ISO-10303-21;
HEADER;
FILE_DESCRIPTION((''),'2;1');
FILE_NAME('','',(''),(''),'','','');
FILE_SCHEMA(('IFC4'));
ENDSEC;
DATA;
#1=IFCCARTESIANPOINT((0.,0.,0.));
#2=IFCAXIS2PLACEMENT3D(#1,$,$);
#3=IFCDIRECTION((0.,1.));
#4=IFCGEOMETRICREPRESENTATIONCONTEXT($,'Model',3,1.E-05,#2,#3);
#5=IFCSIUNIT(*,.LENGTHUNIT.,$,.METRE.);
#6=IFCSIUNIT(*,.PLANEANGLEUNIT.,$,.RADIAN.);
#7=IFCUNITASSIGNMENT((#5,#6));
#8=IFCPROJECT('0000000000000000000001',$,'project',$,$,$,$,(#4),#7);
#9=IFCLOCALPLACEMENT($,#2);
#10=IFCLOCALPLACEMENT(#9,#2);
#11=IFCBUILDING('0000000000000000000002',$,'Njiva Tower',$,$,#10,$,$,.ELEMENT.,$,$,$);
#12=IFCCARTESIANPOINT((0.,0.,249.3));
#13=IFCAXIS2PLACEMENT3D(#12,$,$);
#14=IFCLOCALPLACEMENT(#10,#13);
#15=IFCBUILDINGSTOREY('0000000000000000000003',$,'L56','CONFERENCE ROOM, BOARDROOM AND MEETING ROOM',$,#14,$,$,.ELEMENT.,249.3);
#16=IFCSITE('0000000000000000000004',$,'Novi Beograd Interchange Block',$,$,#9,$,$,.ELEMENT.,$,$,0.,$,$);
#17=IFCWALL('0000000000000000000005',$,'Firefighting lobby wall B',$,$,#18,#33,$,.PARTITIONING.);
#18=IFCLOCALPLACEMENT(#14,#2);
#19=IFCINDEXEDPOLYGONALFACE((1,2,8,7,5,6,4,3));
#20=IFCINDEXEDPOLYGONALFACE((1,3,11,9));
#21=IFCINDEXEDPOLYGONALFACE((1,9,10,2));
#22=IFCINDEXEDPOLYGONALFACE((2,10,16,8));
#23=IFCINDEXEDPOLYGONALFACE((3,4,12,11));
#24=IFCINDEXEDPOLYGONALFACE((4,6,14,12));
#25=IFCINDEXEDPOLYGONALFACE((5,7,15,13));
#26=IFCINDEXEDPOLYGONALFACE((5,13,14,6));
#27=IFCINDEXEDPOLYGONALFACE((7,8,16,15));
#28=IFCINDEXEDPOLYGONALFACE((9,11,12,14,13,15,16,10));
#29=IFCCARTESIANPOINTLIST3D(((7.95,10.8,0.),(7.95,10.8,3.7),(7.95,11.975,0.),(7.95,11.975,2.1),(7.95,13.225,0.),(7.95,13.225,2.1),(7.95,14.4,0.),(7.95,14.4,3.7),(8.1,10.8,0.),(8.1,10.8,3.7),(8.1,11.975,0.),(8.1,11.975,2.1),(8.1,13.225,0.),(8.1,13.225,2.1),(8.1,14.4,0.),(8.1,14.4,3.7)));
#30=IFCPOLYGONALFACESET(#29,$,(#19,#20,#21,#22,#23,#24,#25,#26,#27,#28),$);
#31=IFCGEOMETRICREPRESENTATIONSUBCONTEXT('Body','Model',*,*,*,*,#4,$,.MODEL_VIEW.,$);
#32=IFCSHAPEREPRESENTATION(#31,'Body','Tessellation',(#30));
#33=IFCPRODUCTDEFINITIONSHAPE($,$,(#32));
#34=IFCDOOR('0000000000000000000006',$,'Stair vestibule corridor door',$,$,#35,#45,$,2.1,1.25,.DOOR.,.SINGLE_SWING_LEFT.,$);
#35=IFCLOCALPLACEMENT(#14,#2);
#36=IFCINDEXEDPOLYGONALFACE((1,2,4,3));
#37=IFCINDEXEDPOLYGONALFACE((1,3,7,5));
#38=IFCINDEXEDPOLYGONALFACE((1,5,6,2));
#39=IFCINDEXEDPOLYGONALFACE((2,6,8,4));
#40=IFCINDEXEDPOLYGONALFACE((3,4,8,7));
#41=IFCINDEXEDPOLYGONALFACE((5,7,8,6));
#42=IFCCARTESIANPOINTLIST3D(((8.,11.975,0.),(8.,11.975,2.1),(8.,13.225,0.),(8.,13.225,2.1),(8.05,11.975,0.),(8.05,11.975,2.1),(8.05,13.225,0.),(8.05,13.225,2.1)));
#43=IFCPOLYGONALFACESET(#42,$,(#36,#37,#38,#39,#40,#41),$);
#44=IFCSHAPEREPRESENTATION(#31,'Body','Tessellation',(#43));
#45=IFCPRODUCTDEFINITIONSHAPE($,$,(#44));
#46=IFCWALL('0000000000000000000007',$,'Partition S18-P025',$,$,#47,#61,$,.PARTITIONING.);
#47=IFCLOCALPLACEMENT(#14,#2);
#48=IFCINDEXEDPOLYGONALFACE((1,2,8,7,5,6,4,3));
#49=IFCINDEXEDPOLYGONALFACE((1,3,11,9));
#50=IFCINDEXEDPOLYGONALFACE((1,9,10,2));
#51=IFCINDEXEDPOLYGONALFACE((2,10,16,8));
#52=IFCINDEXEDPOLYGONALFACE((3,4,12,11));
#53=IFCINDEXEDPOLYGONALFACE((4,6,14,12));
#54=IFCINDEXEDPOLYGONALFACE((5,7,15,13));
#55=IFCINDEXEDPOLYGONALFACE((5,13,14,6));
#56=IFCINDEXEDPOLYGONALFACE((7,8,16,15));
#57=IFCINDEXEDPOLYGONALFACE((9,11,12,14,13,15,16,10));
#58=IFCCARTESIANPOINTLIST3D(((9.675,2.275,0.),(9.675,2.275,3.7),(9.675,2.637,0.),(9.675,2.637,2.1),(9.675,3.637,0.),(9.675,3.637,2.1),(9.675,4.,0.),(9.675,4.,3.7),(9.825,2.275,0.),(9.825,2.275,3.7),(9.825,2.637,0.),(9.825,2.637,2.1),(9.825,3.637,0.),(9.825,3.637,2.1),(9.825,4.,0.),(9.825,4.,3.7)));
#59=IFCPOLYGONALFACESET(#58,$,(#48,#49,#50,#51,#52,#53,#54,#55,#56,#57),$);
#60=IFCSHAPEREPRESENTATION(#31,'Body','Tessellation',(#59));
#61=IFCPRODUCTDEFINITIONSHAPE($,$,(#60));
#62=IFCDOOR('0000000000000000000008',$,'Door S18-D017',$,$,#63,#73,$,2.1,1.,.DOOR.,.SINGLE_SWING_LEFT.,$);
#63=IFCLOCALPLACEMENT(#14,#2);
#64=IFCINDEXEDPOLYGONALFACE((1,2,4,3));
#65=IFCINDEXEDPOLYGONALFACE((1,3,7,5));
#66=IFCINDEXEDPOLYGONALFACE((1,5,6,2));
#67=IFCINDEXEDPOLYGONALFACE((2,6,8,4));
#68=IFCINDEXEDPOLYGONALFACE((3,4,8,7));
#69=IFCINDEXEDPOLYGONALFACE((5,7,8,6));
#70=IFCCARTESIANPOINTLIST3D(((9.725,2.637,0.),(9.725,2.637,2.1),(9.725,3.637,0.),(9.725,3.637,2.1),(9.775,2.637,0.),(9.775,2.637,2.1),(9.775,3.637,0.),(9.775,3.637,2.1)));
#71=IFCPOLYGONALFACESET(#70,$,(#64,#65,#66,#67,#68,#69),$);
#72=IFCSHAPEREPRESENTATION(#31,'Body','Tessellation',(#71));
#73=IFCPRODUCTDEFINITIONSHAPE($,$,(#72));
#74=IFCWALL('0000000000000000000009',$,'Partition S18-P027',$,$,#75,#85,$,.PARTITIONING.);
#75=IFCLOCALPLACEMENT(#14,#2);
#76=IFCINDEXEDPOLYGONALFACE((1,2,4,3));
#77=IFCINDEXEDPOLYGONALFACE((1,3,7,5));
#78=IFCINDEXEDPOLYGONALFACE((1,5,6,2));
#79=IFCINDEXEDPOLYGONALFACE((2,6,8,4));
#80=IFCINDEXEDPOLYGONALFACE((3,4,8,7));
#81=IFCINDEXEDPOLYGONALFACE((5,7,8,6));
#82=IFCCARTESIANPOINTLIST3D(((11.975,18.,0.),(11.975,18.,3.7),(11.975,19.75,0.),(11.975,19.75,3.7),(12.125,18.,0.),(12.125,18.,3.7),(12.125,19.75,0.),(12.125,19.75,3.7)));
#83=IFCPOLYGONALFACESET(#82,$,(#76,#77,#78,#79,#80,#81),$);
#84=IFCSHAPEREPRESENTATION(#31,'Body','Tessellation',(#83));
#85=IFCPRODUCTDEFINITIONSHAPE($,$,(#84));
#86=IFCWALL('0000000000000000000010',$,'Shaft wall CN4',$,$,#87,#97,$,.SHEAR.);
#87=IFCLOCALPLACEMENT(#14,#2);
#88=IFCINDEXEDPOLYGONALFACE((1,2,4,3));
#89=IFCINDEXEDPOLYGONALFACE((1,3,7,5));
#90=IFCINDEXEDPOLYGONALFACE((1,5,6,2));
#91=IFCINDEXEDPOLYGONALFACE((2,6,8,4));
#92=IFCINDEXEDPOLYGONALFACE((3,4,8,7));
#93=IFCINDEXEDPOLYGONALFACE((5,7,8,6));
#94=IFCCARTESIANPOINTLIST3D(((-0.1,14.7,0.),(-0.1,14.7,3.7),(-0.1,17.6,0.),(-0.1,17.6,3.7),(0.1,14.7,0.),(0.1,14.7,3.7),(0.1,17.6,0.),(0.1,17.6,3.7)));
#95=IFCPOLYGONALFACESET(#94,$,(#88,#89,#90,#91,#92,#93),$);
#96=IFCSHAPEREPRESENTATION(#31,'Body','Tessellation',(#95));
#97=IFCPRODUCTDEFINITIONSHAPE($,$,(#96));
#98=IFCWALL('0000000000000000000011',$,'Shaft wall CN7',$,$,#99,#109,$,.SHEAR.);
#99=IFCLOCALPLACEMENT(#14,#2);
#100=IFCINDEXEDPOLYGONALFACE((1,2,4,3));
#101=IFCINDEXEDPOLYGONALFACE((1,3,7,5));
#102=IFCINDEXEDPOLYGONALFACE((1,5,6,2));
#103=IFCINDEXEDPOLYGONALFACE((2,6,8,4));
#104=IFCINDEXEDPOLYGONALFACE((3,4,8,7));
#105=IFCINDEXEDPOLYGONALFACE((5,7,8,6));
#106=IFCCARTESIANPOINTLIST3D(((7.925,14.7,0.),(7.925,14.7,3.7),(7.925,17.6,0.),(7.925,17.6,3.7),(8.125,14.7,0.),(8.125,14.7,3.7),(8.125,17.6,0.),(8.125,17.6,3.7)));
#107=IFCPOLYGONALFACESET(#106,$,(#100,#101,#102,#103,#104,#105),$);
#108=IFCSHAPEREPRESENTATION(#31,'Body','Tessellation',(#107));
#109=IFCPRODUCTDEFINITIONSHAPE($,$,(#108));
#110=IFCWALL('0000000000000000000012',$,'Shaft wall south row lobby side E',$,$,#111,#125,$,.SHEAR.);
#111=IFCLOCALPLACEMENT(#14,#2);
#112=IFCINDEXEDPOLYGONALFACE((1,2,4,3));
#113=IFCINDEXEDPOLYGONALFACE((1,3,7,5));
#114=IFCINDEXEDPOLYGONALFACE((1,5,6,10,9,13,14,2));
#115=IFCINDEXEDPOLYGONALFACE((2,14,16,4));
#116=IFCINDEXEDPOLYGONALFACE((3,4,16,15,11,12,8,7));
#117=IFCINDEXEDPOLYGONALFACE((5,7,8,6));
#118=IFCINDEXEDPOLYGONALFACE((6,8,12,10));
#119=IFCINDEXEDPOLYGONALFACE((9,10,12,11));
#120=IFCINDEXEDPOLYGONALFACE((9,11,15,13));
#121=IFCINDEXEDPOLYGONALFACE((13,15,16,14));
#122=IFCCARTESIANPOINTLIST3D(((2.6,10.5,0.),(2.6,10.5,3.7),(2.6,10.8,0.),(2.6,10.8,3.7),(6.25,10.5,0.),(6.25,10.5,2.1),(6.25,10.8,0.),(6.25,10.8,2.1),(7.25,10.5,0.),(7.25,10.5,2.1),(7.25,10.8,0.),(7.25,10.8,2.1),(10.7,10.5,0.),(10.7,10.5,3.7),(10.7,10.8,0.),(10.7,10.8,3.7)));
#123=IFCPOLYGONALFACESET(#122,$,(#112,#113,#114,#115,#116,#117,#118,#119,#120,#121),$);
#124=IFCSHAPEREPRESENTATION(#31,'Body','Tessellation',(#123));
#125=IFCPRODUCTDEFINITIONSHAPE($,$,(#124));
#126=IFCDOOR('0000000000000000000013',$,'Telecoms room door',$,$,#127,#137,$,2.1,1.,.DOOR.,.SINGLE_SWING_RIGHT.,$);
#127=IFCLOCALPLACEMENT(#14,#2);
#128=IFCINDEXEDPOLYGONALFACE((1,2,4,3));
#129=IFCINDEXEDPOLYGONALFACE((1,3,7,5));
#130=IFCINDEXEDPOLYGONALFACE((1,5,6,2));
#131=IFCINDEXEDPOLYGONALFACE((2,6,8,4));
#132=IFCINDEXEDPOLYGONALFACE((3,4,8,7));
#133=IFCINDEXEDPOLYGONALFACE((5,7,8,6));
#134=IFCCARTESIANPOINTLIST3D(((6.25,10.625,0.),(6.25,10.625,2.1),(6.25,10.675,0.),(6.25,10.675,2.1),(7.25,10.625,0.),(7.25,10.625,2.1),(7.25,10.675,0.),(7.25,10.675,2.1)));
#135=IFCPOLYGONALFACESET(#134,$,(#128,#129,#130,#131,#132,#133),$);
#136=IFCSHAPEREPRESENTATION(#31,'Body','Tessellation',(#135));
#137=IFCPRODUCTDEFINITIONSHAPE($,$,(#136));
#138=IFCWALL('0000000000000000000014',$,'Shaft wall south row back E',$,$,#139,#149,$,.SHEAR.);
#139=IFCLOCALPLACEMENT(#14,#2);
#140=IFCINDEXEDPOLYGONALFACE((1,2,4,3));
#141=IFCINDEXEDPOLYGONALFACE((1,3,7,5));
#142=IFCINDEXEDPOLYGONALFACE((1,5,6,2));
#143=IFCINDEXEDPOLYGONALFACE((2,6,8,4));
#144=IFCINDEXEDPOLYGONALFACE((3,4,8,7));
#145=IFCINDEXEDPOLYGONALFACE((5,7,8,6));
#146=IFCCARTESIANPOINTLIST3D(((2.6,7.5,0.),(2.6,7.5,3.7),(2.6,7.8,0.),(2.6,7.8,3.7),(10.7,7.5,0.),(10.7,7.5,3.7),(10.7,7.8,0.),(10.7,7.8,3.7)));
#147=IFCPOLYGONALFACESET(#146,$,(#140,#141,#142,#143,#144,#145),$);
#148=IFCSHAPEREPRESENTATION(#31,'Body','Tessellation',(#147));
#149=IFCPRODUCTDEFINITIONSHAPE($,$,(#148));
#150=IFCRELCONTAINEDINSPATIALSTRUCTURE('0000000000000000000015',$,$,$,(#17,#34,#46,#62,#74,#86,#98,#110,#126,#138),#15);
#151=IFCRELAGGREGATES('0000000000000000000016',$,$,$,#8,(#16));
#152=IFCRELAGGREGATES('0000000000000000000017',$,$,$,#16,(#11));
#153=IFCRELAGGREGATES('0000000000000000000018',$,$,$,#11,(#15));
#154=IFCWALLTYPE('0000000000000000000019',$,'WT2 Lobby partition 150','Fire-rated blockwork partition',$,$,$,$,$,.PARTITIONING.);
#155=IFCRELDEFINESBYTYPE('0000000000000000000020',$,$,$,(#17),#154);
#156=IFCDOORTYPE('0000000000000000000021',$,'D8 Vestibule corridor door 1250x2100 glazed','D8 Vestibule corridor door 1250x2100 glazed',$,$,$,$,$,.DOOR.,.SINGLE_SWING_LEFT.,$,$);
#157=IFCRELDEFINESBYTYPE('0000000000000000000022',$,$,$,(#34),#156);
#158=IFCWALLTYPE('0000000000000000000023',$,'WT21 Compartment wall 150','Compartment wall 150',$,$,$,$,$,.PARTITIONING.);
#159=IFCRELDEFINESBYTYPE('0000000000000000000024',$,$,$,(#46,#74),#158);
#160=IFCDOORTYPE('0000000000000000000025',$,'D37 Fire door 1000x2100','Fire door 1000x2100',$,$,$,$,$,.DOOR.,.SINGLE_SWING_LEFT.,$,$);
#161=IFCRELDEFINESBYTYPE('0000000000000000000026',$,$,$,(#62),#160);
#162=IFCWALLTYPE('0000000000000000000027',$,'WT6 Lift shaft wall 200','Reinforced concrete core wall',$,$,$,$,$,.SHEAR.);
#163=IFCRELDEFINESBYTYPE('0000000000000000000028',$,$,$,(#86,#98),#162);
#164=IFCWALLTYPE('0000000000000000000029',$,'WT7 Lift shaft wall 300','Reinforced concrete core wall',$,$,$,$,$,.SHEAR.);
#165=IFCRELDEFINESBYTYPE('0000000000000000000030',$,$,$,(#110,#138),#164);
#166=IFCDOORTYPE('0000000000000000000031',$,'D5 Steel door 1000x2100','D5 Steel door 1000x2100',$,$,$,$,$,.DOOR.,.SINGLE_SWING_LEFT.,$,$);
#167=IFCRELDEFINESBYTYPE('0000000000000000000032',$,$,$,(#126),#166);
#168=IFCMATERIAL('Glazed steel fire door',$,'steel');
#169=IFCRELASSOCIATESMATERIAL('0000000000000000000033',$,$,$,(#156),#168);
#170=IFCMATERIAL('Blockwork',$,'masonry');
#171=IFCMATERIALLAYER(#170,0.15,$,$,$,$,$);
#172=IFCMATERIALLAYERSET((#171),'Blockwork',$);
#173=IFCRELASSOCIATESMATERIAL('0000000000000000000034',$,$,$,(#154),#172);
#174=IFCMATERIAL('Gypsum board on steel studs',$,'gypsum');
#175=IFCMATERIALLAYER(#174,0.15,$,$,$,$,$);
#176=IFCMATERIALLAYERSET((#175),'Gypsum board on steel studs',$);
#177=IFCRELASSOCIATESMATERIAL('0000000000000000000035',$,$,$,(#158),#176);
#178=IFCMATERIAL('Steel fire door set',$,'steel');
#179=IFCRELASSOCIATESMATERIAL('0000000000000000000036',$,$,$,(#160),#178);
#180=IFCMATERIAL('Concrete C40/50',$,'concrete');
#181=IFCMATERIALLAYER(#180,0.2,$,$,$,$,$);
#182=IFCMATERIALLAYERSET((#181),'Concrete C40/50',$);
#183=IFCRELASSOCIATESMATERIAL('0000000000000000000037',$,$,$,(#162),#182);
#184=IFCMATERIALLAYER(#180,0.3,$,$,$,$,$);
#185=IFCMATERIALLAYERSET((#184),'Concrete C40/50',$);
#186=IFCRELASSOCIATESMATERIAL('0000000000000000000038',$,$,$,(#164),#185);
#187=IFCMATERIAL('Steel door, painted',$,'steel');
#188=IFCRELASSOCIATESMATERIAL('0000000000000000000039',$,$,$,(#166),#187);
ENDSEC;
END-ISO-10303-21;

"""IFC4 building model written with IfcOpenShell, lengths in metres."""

from ifc_helpers import new_model, si_unit, direction, frame, frame_2d, origin, place, context, subcontext, project, spatial, rectangle, extrude, material, layer, layer_set, type_object, element, fill, save


model = new_model("IFC4")

# Units and contexts
model_context = context("Model", 3, precision=1e-05, world=origin(), true_north=direction((0.0, 1.0)))
body_context = subcontext(model_context, "Body", "Model", "MODEL_VIEW")
ifc_project = project(units=[si_unit("LENGTHUNIT", "METRE"), si_unit("PLANEANGLEUNIT", "RADIAN")], contexts=[model_context])

# Site, building, storey
site_placement = place(None, origin())
site = spatial("IfcSite", under=ifc_project, at=site_placement, Name="Novi Beograd Interchange Block", CompositionType="ELEMENT", RefElevation=0.0)
building_placement = place(site_placement, origin())
building = spatial("IfcBuilding", under=site, at=building_placement, Name="Njiva Tower", CompositionType="ELEMENT")
storey_placement = place(building_placement, frame((0.0, 0.0, 249.3)))
storey = spatial("IfcBuildingStorey", under=building, at=storey_placement, Name="L56", Description="CONFERENCE ROOM, BOARDROOM AND MEETING ROOM", CompositionType="ELEMENT", Elevation=249.3)

# Shared definitions
ifc_material_1 = material(Name="Blockwork", Category="masonry")

# Shared definitions
ifc_material_2 = material(Name="Concrete C40/50", Category="concrete")
ifc_material_3 = material(Name="Steel door, painted", Category="steel")
ifc_material_4 = material(Name="Glazed steel fire door", Category="steel")
door_type_1 = type_object("IfcDoorType", Name="D8 Vestibule corridor door 1250x2100 glazed", Description="D8 Vestibule corridor door 1250x2100 glazed", OperationType="SINGLE_SWING_LEFT", PredefinedType="DOOR", material=ifc_material_4)

# Walls, openings, doors
ifc_layer_1 = layer(ifc_material_1, 0.15)
ifc_layer_set_1 = layer_set([ifc_layer_1], Name="Blockwork")
wall_type_1 = type_object("IfcWallType", Name="WT2 Lobby partition 150", Description="Fire-rated blockwork partition", PredefinedType="PARTITIONING", material=ifc_layer_set_1)
wall_1_placement = place(storey_placement, frame((8.025, 10.8, 0.0), z_axis=(0.0, 0.0, 1.0), x_axis=(0.0, 1.0, 0.0)))
wall_1 = element("IfcWall", 1, at=wall_1_placement, inside=storey, type_object=wall_type_1, Name="Firefighting lobby wall B", PredefinedType="PARTITIONING", context=body_context, shape_type="SweptSolid", body=[
    extrude(rectangle(XDim=3.6, YDim=0.15, at=frame_2d((1.8, 0.0))), origin(), (0.0, 0.0, 1.0), 3.7),
])
opening_1_placement = place(wall_1_placement, frame((1.175, 0.0, 0.0)))
opening_1 = element("IfcOpeningElement", 2, at=opening_1_placement, cuts=wall_1, PredefinedType="OPENING", context=body_context, shape_type="SweptSolid", body=[
    extrude(rectangle(XDim=1.25, YDim=2.1, at=frame_2d((0.625, 1.05))), frame((0.0, 0.085, 0.0), z_axis=(0.0, -1.0, 0.0), x_axis=(1.0, 0.0, 0.0)), (0.0, 0.0, 1.0), 0.17),
])
door_1_placement = place(opening_1_placement, origin())
door_1 = element("IfcDoor", 3, at=door_1_placement, inside=storey, type_object=door_type_1, Name="Stair vestibule corridor door", OperationType="SINGLE_SWING_LEFT", OverallHeight=2.1, OverallWidth=1.25, PredefinedType="DOOR", context=body_context, shape_type="SweptSolid", body=[
    extrude(rectangle(XDim=1.25, YDim=2.1, at=frame_2d((0.625, 1.05))), frame((0.0, 0.025, 0.0), z_axis=(0.0, -1.0, 0.0), x_axis=(1.0, 0.0, 0.0)), (0.0, 0.0, 1.0), 0.05),
])
fill(opening_1, door_1)
ifc_material_5 = material(Name="Gypsum board on steel studs", Category="gypsum")
ifc_layer_2 = layer(ifc_material_5, 0.15)
ifc_layer_set_2 = layer_set([ifc_layer_2], Name="Gypsum board on steel studs")
wall_type_2 = type_object("IfcWallType", Name="WT21 Compartment wall 150", Description="Compartment wall 150", PredefinedType="PARTITIONING", material=ifc_layer_set_2)
wall_2_placement = place(storey_placement, frame((9.75, 2.275, 0.0), z_axis=(0.0, 0.0, 1.0), x_axis=(0.0, 1.0, 0.0)))
wall_2 = element("IfcWall", 4, at=wall_2_placement, inside=storey, type_object=wall_type_2, Name="Partition S18-P025", PredefinedType="PARTITIONING", context=body_context, shape_type="SweptSolid", body=[
    extrude(rectangle(XDim=1.725, YDim=0.15, at=frame_2d((0.8625, 0.0))), origin(), (0.0, 0.0, 1.0), 3.7),
])
opening_2_placement = place(wall_2_placement, frame((0.362, 0.0, 0.0)))
opening_2 = element("IfcOpeningElement", 5, at=opening_2_placement, cuts=wall_2, PredefinedType="OPENING", context=body_context, shape_type="SweptSolid", body=[
    extrude(rectangle(XDim=1.0, YDim=2.1, at=frame_2d((0.5, 1.05))), frame((0.0, 0.085, 0.0), z_axis=(0.0, -1.0, 0.0), x_axis=(1.0, 0.0, 0.0)), (0.0, 0.0, 1.0), 0.17),
])
ifc_material_6 = material(Name="Steel fire door set", Category="steel")
door_type_2 = type_object("IfcDoorType", Name="D37 Fire door 1000x2100", Description="Fire door 1000x2100", OperationType="SINGLE_SWING_LEFT", PredefinedType="DOOR", material=ifc_material_6)
door_2_placement = place(opening_2_placement, origin())
door_2 = element("IfcDoor", 6, at=door_2_placement, inside=storey, type_object=door_type_2, Name="Door S18-D017", OperationType="SINGLE_SWING_LEFT", OverallHeight=2.1, OverallWidth=1.0, PredefinedType="DOOR", context=body_context, shape_type="SweptSolid", body=[
    extrude(rectangle(XDim=1.0, YDim=2.1, at=frame_2d((0.5, 1.05))), frame((0.0, 0.025, 0.0), z_axis=(0.0, -1.0, 0.0), x_axis=(1.0, 0.0, 0.0)), (0.0, 0.0, 1.0), 0.05),
])
fill(opening_2, door_2)

# Walls
wall_3_placement = place(storey_placement, frame((12.05, 18.0, 0.0), z_axis=(0.0, 0.0, 1.0), x_axis=(0.0, 1.0, 0.0)))
element("IfcWall", 7, at=wall_3_placement, inside=storey, type_object=wall_type_2, Name="Partition S18-P027", PredefinedType="PARTITIONING", context=body_context, shape_type="SweptSolid", body=[
    extrude(rectangle(XDim=1.75, YDim=0.15, at=frame_2d((0.875, 0.0))), origin(), (0.0, 0.0, 1.0), 3.7),
])
ifc_layer_3 = layer(ifc_material_2, 0.2)
ifc_layer_set_3 = layer_set([ifc_layer_3], Name="Concrete C40/50")
wall_type_3 = type_object("IfcWallType", Name="WT6 Lift shaft wall 200", Description="Reinforced concrete core wall", PredefinedType="SHEAR", material=ifc_layer_set_3)
for number, where, z_axis, x_axis, name in (
    (8, (0.0, 14.7, 0.0), (0.0, 0.0, 1.0), (0.0, 1.0, 0.0), "Shaft wall CN4"),
    (9, (8.025, 14.7, 0.0), (0.0, 0.0, 1.0), (0.0, 1.0, 0.0), "Shaft wall CN7"),
):
    element("IfcWall", number, at=place(storey_placement, frame(where, z_axis=z_axis, x_axis=x_axis)), inside=storey, type_object=wall_type_3, Name=name, PredefinedType="SHEAR", context=body_context, shape_type="SweptSolid", body=[
        extrude(rectangle(XDim=2.9, YDim=0.2, at=frame_2d((1.45, 0.0))), origin(), (0.0, 0.0, 1.0), 3.7),
    ])

# Wall, opening, door
ifc_layer_4 = layer(ifc_material_2, 0.3)
ifc_layer_set_4 = layer_set([ifc_layer_4], Name="Concrete C40/50")
wall_type_4 = type_object("IfcWallType", Name="WT7 Lift shaft wall 300", Description="Reinforced concrete core wall", PredefinedType="SHEAR", material=ifc_layer_set_4)
wall_4_placement = place(storey_placement, frame((2.6, 10.65, 0.0), z_axis=(0.0, 0.0, 1.0), x_axis=(1.0, 0.0, 0.0)))
wall_4 = element("IfcWall", 10, at=wall_4_placement, inside=storey, type_object=wall_type_4, Name="Shaft wall south row lobby side E", PredefinedType="SHEAR", context=body_context, shape_type="SweptSolid", body=[
    extrude(rectangle(XDim=8.1, YDim=0.3, at=frame_2d((4.05, 0.0))), origin(), (0.0, 0.0, 1.0), 3.7),
])
opening_3_placement = place(wall_4_placement, frame((3.65, 0.0, 0.0)))
opening_3 = element("IfcOpeningElement", 11, at=opening_3_placement, cuts=wall_4, PredefinedType="OPENING", context=body_context, shape_type="SweptSolid", body=[
    extrude(rectangle(XDim=1.0, YDim=2.1, at=frame_2d((0.5, 1.05))), frame((0.0, 0.16, 0.0), z_axis=(0.0, -1.0, 0.0), x_axis=(1.0, 0.0, 0.0)), (0.0, 0.0, 1.0), 0.32),
])
door_type_3 = type_object("IfcDoorType", Name="D5 Steel door 1000x2100", Description="D5 Steel door 1000x2100", OperationType="SINGLE_SWING_LEFT", PredefinedType="DOOR", material=ifc_material_3)
door_3_placement = place(opening_3_placement, origin())
door_3 = element("IfcDoor", 12, at=door_3_placement, inside=storey, type_object=door_type_3, Name="Telecoms room door", OperationType="SINGLE_SWING_RIGHT", OverallHeight=2.1, OverallWidth=1.0, PredefinedType="DOOR", context=body_context, shape_type="SweptSolid", body=[
    extrude(rectangle(XDim=1.0, YDim=2.1, at=frame_2d((0.5, 1.05))), frame((0.0, 0.025, 0.0), z_axis=(0.0, -1.0, 0.0), x_axis=(1.0, 0.0, 0.0)), (0.0, 0.0, 1.0), 0.05),
])
fill(opening_3, door_3)

# Wall
wall_5_placement = place(storey_placement, frame((2.6, 7.65, 0.0), z_axis=(0.0, 0.0, 1.0), x_axis=(1.0, 0.0, 0.0)))
element("IfcWall", 13, at=wall_5_placement, inside=storey, type_object=wall_type_4, Name="Shaft wall south row back E", PredefinedType="SHEAR", context=body_context, shape_type="SweptSolid", body=[
    extrude(rectangle(XDim=8.1, YDim=0.3, at=frame_2d((4.05, 0.0))), origin(), (0.0, 0.0, 1.0), 3.7),
])

save(model, "model.ifc")
